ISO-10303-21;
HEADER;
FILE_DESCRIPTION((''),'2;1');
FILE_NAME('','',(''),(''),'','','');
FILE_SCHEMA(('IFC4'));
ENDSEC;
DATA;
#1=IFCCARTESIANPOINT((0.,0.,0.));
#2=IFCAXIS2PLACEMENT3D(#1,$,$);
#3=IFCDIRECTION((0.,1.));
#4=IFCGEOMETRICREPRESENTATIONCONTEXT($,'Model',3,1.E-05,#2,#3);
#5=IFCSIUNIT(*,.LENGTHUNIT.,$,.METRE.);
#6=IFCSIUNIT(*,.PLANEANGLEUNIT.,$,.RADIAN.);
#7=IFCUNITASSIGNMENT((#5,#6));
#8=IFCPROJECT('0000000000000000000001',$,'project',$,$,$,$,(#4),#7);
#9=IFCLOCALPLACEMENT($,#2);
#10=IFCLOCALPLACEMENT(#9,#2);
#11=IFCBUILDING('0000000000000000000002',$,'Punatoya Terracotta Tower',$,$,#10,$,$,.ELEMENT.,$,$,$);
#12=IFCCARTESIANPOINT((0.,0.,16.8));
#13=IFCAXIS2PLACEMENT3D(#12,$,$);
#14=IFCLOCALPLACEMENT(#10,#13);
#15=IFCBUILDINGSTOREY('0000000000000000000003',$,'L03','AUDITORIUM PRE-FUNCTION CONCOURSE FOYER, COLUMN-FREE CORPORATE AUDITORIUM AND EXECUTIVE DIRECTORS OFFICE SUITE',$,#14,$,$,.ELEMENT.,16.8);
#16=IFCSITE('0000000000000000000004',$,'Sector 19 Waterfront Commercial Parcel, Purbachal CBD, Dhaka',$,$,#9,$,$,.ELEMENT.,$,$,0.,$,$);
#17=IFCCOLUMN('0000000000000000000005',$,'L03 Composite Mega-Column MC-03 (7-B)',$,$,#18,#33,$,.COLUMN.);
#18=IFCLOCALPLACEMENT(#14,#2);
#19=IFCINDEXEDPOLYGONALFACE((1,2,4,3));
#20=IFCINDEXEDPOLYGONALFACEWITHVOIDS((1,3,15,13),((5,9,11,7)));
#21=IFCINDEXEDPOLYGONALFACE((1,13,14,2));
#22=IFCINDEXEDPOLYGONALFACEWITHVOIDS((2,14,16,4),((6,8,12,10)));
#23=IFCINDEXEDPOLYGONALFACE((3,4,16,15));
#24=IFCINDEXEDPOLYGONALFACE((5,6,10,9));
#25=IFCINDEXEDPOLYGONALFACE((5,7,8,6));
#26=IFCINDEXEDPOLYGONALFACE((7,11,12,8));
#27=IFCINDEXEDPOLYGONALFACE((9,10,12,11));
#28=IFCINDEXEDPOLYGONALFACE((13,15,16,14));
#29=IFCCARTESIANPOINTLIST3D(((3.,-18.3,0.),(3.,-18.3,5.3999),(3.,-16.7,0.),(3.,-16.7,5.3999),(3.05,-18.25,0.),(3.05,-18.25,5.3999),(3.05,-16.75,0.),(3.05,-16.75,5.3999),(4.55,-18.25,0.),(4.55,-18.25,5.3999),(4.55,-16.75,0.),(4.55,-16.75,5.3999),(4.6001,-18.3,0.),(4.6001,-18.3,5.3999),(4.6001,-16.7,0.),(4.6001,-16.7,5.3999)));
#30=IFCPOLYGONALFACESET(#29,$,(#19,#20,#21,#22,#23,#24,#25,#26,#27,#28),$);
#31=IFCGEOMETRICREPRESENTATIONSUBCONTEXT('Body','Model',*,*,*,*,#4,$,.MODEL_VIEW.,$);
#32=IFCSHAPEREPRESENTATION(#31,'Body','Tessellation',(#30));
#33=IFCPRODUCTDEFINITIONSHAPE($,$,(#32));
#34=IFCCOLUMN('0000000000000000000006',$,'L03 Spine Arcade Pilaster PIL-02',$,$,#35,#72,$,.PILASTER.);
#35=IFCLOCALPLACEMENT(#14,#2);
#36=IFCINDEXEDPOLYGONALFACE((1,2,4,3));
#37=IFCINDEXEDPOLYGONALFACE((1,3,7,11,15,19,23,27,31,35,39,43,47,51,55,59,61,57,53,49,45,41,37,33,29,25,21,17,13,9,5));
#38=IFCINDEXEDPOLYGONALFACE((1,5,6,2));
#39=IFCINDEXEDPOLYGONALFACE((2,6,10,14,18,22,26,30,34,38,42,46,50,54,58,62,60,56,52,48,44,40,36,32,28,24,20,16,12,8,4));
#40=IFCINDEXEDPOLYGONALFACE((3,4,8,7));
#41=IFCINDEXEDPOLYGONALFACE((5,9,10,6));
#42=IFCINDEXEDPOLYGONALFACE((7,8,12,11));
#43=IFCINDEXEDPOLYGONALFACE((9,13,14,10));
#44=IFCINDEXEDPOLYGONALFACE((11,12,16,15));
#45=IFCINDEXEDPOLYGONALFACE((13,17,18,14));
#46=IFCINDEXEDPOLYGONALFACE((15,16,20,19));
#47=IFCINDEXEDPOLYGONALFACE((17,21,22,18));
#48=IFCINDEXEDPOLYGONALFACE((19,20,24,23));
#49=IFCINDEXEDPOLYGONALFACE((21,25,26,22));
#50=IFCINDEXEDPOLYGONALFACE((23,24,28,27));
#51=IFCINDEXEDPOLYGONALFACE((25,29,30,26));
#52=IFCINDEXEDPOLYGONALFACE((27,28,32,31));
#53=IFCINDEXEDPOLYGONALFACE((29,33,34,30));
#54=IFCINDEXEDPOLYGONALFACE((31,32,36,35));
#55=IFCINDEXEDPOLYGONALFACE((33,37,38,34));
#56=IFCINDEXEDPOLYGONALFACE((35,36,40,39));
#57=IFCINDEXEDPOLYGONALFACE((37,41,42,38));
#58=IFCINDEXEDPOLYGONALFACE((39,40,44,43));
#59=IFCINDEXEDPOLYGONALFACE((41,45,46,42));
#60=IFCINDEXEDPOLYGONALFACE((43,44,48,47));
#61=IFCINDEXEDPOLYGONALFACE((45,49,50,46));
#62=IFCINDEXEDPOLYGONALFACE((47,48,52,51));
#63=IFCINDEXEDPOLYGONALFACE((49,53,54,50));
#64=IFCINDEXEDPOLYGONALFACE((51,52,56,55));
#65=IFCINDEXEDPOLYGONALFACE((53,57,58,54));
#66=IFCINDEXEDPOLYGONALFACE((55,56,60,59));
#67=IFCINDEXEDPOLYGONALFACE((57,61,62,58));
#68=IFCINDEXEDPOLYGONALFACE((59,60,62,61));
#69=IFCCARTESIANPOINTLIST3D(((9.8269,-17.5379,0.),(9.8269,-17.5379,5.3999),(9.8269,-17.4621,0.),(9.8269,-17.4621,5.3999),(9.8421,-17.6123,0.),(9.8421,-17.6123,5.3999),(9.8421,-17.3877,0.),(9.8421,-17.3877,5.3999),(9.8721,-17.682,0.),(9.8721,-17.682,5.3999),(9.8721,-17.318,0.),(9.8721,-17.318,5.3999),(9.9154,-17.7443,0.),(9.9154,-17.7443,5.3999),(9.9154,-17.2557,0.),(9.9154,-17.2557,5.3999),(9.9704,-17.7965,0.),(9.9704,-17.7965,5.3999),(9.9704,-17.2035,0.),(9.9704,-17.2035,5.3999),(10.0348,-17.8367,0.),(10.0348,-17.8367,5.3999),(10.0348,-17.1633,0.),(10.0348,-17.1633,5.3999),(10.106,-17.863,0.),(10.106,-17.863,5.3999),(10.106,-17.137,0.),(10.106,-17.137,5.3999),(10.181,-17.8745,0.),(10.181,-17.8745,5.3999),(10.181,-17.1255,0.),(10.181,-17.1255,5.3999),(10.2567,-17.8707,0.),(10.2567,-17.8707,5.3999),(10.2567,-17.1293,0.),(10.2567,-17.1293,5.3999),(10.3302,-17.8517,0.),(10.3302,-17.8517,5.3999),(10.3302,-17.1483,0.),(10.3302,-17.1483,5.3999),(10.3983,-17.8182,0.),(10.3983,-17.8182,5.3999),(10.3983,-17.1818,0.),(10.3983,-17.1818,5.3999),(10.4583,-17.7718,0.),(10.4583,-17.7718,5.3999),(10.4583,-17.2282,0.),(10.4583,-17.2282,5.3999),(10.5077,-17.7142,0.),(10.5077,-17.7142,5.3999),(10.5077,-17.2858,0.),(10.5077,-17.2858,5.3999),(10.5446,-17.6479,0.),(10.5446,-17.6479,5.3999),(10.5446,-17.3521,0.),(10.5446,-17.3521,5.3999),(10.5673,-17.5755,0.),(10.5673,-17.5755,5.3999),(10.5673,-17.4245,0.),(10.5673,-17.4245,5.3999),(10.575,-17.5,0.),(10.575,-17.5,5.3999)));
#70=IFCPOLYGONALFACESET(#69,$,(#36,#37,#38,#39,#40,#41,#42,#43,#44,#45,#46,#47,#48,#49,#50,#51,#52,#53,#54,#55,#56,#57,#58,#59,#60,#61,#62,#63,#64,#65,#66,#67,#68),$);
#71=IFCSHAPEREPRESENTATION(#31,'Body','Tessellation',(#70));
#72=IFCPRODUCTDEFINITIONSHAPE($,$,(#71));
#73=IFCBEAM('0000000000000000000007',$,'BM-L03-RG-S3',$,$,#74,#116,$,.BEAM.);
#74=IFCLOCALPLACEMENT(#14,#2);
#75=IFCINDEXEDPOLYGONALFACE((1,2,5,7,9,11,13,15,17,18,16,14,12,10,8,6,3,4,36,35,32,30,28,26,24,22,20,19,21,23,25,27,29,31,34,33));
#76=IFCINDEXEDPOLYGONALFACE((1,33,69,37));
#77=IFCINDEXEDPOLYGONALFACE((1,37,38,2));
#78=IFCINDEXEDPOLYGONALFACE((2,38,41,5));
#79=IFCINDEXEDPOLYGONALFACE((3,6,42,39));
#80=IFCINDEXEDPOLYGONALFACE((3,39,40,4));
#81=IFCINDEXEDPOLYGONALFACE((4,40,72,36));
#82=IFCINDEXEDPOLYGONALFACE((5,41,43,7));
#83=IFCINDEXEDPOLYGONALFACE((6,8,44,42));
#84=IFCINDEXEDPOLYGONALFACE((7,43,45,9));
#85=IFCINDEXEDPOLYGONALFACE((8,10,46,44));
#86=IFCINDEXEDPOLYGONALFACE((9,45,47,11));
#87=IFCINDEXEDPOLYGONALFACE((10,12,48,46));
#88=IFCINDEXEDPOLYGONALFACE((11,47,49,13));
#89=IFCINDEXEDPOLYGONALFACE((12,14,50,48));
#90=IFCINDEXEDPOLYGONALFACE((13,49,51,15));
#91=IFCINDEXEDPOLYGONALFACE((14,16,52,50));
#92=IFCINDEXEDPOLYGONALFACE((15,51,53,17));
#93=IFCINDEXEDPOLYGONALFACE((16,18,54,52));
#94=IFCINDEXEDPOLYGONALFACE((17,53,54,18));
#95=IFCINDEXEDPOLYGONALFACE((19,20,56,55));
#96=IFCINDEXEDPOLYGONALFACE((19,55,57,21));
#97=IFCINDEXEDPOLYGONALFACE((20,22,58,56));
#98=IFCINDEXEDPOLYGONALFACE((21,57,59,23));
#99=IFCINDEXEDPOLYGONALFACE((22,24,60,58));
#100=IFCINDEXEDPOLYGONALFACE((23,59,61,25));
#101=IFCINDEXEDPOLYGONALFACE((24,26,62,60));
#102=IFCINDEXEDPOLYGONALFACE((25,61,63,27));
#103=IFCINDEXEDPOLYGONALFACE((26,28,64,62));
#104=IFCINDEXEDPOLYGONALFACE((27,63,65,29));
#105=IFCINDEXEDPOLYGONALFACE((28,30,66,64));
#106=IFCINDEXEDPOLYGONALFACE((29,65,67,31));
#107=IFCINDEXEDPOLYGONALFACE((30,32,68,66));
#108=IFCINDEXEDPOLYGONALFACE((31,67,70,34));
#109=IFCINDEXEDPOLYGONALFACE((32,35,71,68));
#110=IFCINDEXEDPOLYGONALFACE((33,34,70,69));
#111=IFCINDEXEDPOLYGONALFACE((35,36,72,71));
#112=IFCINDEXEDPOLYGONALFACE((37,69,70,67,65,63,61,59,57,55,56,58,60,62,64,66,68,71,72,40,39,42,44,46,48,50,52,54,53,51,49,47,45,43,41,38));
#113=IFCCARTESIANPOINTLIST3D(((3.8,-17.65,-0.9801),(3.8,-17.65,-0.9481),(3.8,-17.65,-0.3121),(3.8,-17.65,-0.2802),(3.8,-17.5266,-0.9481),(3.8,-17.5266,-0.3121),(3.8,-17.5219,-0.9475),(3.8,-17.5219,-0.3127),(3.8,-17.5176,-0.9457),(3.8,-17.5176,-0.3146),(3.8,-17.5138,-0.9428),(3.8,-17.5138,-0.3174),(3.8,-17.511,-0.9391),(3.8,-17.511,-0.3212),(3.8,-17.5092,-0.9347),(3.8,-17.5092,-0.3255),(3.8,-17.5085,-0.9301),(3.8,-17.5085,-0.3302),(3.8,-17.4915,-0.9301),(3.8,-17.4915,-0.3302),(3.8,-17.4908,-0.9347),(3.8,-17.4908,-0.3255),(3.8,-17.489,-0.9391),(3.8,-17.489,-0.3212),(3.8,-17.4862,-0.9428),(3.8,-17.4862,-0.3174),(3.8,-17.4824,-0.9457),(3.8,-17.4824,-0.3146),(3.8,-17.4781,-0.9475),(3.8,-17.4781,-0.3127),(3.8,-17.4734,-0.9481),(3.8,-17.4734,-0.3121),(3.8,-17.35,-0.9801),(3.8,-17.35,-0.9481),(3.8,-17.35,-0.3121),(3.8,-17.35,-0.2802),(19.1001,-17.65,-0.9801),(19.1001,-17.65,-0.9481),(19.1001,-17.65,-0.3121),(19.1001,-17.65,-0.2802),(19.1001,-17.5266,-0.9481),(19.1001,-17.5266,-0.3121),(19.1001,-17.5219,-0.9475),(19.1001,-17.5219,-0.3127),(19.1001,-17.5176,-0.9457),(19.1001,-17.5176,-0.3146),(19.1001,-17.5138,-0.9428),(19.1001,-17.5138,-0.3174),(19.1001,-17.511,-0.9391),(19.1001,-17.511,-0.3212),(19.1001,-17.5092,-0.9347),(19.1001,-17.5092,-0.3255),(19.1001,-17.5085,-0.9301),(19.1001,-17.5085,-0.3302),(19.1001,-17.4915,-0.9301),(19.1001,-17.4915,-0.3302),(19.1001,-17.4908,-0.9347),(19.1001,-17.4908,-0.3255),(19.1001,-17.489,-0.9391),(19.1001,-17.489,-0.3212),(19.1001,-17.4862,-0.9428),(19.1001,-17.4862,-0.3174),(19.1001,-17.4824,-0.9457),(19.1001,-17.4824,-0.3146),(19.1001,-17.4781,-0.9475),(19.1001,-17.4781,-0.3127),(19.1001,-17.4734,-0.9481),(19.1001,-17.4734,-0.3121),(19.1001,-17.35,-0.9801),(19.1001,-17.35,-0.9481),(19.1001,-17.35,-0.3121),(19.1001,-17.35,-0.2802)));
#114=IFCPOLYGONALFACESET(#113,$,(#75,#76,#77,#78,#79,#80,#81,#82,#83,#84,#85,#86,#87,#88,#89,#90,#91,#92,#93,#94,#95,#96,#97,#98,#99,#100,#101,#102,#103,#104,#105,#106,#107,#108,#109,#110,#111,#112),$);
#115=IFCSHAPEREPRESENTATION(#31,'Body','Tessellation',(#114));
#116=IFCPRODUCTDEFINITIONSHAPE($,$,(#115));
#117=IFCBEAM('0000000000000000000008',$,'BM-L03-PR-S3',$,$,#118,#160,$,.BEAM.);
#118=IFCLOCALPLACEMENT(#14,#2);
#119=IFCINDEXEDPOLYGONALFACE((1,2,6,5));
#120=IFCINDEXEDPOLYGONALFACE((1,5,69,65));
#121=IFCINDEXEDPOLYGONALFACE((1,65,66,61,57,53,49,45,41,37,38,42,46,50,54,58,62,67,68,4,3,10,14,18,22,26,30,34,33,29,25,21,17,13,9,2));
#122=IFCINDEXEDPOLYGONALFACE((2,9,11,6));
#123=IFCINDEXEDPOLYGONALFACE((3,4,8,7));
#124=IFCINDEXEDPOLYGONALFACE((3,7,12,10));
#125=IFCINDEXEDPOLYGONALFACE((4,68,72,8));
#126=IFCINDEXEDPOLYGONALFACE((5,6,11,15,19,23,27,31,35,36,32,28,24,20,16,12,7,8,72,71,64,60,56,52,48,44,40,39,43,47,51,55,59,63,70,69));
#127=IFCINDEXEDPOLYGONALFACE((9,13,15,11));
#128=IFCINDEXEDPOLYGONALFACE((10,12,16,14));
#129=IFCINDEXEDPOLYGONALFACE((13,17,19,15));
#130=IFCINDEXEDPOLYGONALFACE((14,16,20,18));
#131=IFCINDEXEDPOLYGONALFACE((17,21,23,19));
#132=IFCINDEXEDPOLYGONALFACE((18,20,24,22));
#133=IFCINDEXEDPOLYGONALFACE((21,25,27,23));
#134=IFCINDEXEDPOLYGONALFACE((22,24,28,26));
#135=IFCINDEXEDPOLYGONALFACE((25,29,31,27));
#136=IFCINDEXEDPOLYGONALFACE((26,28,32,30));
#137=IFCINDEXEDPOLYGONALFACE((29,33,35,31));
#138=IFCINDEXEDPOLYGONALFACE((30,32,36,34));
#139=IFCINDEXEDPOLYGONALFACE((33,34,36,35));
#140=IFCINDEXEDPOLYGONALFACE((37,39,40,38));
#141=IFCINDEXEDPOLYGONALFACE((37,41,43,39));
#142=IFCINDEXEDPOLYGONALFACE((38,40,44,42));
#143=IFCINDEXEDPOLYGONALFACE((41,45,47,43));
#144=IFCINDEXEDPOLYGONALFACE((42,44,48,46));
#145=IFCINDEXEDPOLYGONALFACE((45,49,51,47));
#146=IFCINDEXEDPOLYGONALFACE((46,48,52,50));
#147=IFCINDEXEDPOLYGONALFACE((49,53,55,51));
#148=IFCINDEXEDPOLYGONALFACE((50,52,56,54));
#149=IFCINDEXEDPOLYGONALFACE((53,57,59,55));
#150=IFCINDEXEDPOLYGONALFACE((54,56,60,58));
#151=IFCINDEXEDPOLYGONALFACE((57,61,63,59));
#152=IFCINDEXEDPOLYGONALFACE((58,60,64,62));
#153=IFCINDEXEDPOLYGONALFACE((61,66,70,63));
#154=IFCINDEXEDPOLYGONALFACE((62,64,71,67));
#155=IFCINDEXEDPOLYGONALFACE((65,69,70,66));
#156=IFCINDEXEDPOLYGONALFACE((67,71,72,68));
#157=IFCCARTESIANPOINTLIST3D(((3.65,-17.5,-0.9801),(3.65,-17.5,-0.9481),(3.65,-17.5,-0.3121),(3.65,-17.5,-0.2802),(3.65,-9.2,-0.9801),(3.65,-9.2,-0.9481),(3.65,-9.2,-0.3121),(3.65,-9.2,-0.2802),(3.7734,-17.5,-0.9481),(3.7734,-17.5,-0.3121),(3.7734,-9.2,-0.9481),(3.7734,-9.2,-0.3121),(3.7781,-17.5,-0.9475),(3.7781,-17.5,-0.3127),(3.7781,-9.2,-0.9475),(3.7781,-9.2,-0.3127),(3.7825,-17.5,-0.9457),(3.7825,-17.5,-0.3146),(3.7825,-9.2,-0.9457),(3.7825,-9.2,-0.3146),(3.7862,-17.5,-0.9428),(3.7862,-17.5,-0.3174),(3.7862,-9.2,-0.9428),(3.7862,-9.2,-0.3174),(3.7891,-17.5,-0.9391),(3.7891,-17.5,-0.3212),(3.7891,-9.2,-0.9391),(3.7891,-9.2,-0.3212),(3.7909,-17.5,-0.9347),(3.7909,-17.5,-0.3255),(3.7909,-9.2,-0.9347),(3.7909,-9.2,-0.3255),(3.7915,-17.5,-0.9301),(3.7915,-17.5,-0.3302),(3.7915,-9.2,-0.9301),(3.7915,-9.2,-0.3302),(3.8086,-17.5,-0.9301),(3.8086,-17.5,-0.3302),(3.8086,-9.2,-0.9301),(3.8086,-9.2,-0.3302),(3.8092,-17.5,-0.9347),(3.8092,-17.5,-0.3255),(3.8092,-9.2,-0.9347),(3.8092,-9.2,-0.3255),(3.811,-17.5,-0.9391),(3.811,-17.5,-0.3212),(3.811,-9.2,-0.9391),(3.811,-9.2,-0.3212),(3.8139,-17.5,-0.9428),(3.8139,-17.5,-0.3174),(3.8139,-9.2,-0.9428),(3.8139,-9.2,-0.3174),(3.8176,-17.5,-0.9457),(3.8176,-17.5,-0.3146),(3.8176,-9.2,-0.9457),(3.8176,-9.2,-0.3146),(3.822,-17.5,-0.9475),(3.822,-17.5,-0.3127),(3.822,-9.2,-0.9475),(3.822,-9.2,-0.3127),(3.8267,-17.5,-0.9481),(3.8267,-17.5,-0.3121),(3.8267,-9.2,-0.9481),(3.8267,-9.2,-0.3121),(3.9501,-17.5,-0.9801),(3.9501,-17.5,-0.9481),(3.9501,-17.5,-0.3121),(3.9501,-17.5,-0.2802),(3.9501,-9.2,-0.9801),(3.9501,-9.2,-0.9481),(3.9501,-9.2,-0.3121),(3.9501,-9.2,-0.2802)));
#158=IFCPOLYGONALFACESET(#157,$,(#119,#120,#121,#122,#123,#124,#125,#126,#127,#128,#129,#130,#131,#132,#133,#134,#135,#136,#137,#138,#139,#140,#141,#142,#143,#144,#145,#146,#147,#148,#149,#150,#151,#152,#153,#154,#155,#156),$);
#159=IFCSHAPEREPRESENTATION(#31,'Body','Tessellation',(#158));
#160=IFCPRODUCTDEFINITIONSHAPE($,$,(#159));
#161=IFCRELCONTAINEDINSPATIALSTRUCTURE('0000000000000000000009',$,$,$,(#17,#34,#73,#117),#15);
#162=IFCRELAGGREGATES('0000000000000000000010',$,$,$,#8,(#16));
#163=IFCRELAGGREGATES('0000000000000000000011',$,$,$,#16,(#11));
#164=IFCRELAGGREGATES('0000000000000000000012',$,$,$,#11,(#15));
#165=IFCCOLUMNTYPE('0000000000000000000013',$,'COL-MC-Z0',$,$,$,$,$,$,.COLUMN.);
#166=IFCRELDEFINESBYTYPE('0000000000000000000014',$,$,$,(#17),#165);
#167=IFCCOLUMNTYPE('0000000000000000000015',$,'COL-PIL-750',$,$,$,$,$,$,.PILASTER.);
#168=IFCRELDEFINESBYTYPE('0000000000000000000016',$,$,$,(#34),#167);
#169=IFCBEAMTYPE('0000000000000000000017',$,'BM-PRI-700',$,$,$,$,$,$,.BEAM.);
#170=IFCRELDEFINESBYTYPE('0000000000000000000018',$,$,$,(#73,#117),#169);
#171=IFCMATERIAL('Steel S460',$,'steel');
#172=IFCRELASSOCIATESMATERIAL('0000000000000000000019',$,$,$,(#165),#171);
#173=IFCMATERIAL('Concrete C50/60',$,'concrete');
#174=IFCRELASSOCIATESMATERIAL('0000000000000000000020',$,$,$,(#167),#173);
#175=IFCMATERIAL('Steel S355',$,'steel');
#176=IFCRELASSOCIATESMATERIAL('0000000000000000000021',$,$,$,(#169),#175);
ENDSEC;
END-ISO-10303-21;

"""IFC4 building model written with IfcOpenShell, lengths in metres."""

from ifc_helpers import new_model, si_unit, direction, frame, origin, origin_2d, place, context, subcontext, project, spatial, hollow_rectangle, circle, i_section, extrude, material, material_profile, profile_set, type_object, element, save


model = new_model("IFC4")

# Units and contexts
model_context = context("Model", 3, precision=1e-05, world=origin(), true_north=direction((0.0, 1.0)))
body_context = subcontext(model_context, "Body", "Model", "MODEL_VIEW")
ifc_project = project(units=[si_unit("LENGTHUNIT", "METRE"), si_unit("PLANEANGLEUNIT", "RADIAN")], contexts=[model_context])

# Site, building, storey
site_placement = place(None, origin())
site = spatial("IfcSite", under=ifc_project, at=site_placement, Name="Sector 19 Waterfront Commercial Parcel, Purbachal CBD, Dhaka", CompositionType="ELEMENT", RefElevation=0.0)
building_placement = place(site_placement, origin())
building = spatial("IfcBuilding", under=site, at=building_placement, Name="Punatoya Terracotta Tower", CompositionType="ELEMENT")
storey_placement = place(building_placement, frame((0.0, 0.0, 16.8)))
storey = spatial("IfcBuildingStorey", under=building, at=storey_placement, Name="L03", Description="AUDITORIUM PRE-FUNCTION CONCOURSE FOYER, COLUMN-FREE CORPORATE AUDITORIUM AND EXECUTIVE DIRECTORS OFFICE SUITE", CompositionType="ELEMENT", Elevation=16.8)

# Columns
ifc_material_1 = material(Name="Steel S460", Category="steel")
ifc_material_profile_1 = material_profile(ifc_material_1, hollow_rectangle(XDim=1.6001, YDim=1.6001, WallThickness=0.05, at=origin_2d()))
ifc_profile_set_1 = profile_set([ifc_material_profile_1], Name="Steel S460")
column_type_1 = type_object("IfcColumnType", Name="COL-MC-Z0", PredefinedType="COLUMN", material=ifc_profile_set_1)
column_1_placement = place(storey_placement, frame((3.8, -17.5, 0.0), z_axis=(0.0, 0.0, 1.0), x_axis=(1.0, 0.0, 0.0)))
element("IfcColumn", 1, at=column_1_placement, inside=storey, type_object=column_type_1, Name="L03 Composite Mega-Column MC-03 (7-B)", PredefinedType="COLUMN", context=body_context, shape_type="SweptSolid", body=[
    extrude(hollow_rectangle(XDim=1.6001, YDim=1.6001, WallThickness=0.05, at=origin_2d()), origin(), (0.0, 0.0, 1.0), 5.3999),
])
ifc_material_2 = material(Name="Concrete C50/60", Category="concrete")
ifc_material_profile_2 = material_profile(ifc_material_2, circle(Radius=0.375, at=origin_2d()))
ifc_profile_set_2 = profile_set([ifc_material_profile_2], Name="Concrete C50/60")
column_type_2 = type_object("IfcColumnType", Name="COL-PIL-750", PredefinedType="PILASTER", material=ifc_profile_set_2)
column_2_placement = place(storey_placement, frame((10.2, -17.5, 0.0), z_axis=(0.0, 0.0, 1.0), x_axis=(1.0, 0.0, 0.0)))
element("IfcColumn", 2, at=column_2_placement, inside=storey, type_object=column_type_2, Name="L03 Spine Arcade Pilaster PIL-02", PredefinedType="PILASTER", context=body_context, shape_type="SweptSolid", body=[
    extrude(circle(Radius=0.375, at=origin_2d()), origin(), (0.0, 0.0, 1.0), 5.3999),
])

# Beams
ifc_material_3 = material(Name="Steel S355", Category="steel")
ifc_material_profile_3 = material_profile(ifc_material_3, i_section(OverallWidth=0.3, OverallDepth=0.7, WebThickness=0.0171, FlangeThickness=0.032, FilletRadius=0.0181, at=origin_2d()))
ifc_profile_set_3 = profile_set([ifc_material_profile_3], Name="Steel S355")
beam_type_1 = type_object("IfcBeamType", Name="BM-PRI-700", PredefinedType="BEAM", material=ifc_profile_set_3)
beam_1_placement = place(storey_placement, frame((3.8, -17.5, -0.6301), z_axis=(1.0, 0.0, 0.0), x_axis=(0.0, 1.0, 0.0)))
element("IfcBeam", 3, at=beam_1_placement, inside=storey, type_object=beam_type_1, Name="BM-L03-RG-S3", PredefinedType="BEAM", context=body_context, shape_type="SweptSolid", body=[
    extrude(i_section(OverallWidth=0.3, OverallDepth=0.7, WebThickness=0.0171, FlangeThickness=0.032, FilletRadius=0.0181, at=origin_2d()), origin(), (0.0, 0.0, 1.0), 15.3),
])
for number, where, z_axis, x_axis, name in (
    (4, (3.8, -17.5, -0.6301), (0.0, 1.0, 0.0), (-1.0, 0.0, 0.0), "BM-L03-PR-S3"),
):
    element("IfcBeam", number, at=place(storey_placement, frame(where, z_axis=z_axis, x_axis=x_axis)), inside=storey, type_object=beam_type_1, Name=name, PredefinedType="BEAM", context=body_context, shape_type="SweptSolid", body=[
        extrude(i_section(OverallWidth=0.3, OverallDepth=0.7, WebThickness=0.0171, FlangeThickness=0.032, FilletRadius=0.0181, at=origin_2d()), origin(), (0.0, 0.0, 1.0), 8.3),
    ])

save(model, "model.ifc")
